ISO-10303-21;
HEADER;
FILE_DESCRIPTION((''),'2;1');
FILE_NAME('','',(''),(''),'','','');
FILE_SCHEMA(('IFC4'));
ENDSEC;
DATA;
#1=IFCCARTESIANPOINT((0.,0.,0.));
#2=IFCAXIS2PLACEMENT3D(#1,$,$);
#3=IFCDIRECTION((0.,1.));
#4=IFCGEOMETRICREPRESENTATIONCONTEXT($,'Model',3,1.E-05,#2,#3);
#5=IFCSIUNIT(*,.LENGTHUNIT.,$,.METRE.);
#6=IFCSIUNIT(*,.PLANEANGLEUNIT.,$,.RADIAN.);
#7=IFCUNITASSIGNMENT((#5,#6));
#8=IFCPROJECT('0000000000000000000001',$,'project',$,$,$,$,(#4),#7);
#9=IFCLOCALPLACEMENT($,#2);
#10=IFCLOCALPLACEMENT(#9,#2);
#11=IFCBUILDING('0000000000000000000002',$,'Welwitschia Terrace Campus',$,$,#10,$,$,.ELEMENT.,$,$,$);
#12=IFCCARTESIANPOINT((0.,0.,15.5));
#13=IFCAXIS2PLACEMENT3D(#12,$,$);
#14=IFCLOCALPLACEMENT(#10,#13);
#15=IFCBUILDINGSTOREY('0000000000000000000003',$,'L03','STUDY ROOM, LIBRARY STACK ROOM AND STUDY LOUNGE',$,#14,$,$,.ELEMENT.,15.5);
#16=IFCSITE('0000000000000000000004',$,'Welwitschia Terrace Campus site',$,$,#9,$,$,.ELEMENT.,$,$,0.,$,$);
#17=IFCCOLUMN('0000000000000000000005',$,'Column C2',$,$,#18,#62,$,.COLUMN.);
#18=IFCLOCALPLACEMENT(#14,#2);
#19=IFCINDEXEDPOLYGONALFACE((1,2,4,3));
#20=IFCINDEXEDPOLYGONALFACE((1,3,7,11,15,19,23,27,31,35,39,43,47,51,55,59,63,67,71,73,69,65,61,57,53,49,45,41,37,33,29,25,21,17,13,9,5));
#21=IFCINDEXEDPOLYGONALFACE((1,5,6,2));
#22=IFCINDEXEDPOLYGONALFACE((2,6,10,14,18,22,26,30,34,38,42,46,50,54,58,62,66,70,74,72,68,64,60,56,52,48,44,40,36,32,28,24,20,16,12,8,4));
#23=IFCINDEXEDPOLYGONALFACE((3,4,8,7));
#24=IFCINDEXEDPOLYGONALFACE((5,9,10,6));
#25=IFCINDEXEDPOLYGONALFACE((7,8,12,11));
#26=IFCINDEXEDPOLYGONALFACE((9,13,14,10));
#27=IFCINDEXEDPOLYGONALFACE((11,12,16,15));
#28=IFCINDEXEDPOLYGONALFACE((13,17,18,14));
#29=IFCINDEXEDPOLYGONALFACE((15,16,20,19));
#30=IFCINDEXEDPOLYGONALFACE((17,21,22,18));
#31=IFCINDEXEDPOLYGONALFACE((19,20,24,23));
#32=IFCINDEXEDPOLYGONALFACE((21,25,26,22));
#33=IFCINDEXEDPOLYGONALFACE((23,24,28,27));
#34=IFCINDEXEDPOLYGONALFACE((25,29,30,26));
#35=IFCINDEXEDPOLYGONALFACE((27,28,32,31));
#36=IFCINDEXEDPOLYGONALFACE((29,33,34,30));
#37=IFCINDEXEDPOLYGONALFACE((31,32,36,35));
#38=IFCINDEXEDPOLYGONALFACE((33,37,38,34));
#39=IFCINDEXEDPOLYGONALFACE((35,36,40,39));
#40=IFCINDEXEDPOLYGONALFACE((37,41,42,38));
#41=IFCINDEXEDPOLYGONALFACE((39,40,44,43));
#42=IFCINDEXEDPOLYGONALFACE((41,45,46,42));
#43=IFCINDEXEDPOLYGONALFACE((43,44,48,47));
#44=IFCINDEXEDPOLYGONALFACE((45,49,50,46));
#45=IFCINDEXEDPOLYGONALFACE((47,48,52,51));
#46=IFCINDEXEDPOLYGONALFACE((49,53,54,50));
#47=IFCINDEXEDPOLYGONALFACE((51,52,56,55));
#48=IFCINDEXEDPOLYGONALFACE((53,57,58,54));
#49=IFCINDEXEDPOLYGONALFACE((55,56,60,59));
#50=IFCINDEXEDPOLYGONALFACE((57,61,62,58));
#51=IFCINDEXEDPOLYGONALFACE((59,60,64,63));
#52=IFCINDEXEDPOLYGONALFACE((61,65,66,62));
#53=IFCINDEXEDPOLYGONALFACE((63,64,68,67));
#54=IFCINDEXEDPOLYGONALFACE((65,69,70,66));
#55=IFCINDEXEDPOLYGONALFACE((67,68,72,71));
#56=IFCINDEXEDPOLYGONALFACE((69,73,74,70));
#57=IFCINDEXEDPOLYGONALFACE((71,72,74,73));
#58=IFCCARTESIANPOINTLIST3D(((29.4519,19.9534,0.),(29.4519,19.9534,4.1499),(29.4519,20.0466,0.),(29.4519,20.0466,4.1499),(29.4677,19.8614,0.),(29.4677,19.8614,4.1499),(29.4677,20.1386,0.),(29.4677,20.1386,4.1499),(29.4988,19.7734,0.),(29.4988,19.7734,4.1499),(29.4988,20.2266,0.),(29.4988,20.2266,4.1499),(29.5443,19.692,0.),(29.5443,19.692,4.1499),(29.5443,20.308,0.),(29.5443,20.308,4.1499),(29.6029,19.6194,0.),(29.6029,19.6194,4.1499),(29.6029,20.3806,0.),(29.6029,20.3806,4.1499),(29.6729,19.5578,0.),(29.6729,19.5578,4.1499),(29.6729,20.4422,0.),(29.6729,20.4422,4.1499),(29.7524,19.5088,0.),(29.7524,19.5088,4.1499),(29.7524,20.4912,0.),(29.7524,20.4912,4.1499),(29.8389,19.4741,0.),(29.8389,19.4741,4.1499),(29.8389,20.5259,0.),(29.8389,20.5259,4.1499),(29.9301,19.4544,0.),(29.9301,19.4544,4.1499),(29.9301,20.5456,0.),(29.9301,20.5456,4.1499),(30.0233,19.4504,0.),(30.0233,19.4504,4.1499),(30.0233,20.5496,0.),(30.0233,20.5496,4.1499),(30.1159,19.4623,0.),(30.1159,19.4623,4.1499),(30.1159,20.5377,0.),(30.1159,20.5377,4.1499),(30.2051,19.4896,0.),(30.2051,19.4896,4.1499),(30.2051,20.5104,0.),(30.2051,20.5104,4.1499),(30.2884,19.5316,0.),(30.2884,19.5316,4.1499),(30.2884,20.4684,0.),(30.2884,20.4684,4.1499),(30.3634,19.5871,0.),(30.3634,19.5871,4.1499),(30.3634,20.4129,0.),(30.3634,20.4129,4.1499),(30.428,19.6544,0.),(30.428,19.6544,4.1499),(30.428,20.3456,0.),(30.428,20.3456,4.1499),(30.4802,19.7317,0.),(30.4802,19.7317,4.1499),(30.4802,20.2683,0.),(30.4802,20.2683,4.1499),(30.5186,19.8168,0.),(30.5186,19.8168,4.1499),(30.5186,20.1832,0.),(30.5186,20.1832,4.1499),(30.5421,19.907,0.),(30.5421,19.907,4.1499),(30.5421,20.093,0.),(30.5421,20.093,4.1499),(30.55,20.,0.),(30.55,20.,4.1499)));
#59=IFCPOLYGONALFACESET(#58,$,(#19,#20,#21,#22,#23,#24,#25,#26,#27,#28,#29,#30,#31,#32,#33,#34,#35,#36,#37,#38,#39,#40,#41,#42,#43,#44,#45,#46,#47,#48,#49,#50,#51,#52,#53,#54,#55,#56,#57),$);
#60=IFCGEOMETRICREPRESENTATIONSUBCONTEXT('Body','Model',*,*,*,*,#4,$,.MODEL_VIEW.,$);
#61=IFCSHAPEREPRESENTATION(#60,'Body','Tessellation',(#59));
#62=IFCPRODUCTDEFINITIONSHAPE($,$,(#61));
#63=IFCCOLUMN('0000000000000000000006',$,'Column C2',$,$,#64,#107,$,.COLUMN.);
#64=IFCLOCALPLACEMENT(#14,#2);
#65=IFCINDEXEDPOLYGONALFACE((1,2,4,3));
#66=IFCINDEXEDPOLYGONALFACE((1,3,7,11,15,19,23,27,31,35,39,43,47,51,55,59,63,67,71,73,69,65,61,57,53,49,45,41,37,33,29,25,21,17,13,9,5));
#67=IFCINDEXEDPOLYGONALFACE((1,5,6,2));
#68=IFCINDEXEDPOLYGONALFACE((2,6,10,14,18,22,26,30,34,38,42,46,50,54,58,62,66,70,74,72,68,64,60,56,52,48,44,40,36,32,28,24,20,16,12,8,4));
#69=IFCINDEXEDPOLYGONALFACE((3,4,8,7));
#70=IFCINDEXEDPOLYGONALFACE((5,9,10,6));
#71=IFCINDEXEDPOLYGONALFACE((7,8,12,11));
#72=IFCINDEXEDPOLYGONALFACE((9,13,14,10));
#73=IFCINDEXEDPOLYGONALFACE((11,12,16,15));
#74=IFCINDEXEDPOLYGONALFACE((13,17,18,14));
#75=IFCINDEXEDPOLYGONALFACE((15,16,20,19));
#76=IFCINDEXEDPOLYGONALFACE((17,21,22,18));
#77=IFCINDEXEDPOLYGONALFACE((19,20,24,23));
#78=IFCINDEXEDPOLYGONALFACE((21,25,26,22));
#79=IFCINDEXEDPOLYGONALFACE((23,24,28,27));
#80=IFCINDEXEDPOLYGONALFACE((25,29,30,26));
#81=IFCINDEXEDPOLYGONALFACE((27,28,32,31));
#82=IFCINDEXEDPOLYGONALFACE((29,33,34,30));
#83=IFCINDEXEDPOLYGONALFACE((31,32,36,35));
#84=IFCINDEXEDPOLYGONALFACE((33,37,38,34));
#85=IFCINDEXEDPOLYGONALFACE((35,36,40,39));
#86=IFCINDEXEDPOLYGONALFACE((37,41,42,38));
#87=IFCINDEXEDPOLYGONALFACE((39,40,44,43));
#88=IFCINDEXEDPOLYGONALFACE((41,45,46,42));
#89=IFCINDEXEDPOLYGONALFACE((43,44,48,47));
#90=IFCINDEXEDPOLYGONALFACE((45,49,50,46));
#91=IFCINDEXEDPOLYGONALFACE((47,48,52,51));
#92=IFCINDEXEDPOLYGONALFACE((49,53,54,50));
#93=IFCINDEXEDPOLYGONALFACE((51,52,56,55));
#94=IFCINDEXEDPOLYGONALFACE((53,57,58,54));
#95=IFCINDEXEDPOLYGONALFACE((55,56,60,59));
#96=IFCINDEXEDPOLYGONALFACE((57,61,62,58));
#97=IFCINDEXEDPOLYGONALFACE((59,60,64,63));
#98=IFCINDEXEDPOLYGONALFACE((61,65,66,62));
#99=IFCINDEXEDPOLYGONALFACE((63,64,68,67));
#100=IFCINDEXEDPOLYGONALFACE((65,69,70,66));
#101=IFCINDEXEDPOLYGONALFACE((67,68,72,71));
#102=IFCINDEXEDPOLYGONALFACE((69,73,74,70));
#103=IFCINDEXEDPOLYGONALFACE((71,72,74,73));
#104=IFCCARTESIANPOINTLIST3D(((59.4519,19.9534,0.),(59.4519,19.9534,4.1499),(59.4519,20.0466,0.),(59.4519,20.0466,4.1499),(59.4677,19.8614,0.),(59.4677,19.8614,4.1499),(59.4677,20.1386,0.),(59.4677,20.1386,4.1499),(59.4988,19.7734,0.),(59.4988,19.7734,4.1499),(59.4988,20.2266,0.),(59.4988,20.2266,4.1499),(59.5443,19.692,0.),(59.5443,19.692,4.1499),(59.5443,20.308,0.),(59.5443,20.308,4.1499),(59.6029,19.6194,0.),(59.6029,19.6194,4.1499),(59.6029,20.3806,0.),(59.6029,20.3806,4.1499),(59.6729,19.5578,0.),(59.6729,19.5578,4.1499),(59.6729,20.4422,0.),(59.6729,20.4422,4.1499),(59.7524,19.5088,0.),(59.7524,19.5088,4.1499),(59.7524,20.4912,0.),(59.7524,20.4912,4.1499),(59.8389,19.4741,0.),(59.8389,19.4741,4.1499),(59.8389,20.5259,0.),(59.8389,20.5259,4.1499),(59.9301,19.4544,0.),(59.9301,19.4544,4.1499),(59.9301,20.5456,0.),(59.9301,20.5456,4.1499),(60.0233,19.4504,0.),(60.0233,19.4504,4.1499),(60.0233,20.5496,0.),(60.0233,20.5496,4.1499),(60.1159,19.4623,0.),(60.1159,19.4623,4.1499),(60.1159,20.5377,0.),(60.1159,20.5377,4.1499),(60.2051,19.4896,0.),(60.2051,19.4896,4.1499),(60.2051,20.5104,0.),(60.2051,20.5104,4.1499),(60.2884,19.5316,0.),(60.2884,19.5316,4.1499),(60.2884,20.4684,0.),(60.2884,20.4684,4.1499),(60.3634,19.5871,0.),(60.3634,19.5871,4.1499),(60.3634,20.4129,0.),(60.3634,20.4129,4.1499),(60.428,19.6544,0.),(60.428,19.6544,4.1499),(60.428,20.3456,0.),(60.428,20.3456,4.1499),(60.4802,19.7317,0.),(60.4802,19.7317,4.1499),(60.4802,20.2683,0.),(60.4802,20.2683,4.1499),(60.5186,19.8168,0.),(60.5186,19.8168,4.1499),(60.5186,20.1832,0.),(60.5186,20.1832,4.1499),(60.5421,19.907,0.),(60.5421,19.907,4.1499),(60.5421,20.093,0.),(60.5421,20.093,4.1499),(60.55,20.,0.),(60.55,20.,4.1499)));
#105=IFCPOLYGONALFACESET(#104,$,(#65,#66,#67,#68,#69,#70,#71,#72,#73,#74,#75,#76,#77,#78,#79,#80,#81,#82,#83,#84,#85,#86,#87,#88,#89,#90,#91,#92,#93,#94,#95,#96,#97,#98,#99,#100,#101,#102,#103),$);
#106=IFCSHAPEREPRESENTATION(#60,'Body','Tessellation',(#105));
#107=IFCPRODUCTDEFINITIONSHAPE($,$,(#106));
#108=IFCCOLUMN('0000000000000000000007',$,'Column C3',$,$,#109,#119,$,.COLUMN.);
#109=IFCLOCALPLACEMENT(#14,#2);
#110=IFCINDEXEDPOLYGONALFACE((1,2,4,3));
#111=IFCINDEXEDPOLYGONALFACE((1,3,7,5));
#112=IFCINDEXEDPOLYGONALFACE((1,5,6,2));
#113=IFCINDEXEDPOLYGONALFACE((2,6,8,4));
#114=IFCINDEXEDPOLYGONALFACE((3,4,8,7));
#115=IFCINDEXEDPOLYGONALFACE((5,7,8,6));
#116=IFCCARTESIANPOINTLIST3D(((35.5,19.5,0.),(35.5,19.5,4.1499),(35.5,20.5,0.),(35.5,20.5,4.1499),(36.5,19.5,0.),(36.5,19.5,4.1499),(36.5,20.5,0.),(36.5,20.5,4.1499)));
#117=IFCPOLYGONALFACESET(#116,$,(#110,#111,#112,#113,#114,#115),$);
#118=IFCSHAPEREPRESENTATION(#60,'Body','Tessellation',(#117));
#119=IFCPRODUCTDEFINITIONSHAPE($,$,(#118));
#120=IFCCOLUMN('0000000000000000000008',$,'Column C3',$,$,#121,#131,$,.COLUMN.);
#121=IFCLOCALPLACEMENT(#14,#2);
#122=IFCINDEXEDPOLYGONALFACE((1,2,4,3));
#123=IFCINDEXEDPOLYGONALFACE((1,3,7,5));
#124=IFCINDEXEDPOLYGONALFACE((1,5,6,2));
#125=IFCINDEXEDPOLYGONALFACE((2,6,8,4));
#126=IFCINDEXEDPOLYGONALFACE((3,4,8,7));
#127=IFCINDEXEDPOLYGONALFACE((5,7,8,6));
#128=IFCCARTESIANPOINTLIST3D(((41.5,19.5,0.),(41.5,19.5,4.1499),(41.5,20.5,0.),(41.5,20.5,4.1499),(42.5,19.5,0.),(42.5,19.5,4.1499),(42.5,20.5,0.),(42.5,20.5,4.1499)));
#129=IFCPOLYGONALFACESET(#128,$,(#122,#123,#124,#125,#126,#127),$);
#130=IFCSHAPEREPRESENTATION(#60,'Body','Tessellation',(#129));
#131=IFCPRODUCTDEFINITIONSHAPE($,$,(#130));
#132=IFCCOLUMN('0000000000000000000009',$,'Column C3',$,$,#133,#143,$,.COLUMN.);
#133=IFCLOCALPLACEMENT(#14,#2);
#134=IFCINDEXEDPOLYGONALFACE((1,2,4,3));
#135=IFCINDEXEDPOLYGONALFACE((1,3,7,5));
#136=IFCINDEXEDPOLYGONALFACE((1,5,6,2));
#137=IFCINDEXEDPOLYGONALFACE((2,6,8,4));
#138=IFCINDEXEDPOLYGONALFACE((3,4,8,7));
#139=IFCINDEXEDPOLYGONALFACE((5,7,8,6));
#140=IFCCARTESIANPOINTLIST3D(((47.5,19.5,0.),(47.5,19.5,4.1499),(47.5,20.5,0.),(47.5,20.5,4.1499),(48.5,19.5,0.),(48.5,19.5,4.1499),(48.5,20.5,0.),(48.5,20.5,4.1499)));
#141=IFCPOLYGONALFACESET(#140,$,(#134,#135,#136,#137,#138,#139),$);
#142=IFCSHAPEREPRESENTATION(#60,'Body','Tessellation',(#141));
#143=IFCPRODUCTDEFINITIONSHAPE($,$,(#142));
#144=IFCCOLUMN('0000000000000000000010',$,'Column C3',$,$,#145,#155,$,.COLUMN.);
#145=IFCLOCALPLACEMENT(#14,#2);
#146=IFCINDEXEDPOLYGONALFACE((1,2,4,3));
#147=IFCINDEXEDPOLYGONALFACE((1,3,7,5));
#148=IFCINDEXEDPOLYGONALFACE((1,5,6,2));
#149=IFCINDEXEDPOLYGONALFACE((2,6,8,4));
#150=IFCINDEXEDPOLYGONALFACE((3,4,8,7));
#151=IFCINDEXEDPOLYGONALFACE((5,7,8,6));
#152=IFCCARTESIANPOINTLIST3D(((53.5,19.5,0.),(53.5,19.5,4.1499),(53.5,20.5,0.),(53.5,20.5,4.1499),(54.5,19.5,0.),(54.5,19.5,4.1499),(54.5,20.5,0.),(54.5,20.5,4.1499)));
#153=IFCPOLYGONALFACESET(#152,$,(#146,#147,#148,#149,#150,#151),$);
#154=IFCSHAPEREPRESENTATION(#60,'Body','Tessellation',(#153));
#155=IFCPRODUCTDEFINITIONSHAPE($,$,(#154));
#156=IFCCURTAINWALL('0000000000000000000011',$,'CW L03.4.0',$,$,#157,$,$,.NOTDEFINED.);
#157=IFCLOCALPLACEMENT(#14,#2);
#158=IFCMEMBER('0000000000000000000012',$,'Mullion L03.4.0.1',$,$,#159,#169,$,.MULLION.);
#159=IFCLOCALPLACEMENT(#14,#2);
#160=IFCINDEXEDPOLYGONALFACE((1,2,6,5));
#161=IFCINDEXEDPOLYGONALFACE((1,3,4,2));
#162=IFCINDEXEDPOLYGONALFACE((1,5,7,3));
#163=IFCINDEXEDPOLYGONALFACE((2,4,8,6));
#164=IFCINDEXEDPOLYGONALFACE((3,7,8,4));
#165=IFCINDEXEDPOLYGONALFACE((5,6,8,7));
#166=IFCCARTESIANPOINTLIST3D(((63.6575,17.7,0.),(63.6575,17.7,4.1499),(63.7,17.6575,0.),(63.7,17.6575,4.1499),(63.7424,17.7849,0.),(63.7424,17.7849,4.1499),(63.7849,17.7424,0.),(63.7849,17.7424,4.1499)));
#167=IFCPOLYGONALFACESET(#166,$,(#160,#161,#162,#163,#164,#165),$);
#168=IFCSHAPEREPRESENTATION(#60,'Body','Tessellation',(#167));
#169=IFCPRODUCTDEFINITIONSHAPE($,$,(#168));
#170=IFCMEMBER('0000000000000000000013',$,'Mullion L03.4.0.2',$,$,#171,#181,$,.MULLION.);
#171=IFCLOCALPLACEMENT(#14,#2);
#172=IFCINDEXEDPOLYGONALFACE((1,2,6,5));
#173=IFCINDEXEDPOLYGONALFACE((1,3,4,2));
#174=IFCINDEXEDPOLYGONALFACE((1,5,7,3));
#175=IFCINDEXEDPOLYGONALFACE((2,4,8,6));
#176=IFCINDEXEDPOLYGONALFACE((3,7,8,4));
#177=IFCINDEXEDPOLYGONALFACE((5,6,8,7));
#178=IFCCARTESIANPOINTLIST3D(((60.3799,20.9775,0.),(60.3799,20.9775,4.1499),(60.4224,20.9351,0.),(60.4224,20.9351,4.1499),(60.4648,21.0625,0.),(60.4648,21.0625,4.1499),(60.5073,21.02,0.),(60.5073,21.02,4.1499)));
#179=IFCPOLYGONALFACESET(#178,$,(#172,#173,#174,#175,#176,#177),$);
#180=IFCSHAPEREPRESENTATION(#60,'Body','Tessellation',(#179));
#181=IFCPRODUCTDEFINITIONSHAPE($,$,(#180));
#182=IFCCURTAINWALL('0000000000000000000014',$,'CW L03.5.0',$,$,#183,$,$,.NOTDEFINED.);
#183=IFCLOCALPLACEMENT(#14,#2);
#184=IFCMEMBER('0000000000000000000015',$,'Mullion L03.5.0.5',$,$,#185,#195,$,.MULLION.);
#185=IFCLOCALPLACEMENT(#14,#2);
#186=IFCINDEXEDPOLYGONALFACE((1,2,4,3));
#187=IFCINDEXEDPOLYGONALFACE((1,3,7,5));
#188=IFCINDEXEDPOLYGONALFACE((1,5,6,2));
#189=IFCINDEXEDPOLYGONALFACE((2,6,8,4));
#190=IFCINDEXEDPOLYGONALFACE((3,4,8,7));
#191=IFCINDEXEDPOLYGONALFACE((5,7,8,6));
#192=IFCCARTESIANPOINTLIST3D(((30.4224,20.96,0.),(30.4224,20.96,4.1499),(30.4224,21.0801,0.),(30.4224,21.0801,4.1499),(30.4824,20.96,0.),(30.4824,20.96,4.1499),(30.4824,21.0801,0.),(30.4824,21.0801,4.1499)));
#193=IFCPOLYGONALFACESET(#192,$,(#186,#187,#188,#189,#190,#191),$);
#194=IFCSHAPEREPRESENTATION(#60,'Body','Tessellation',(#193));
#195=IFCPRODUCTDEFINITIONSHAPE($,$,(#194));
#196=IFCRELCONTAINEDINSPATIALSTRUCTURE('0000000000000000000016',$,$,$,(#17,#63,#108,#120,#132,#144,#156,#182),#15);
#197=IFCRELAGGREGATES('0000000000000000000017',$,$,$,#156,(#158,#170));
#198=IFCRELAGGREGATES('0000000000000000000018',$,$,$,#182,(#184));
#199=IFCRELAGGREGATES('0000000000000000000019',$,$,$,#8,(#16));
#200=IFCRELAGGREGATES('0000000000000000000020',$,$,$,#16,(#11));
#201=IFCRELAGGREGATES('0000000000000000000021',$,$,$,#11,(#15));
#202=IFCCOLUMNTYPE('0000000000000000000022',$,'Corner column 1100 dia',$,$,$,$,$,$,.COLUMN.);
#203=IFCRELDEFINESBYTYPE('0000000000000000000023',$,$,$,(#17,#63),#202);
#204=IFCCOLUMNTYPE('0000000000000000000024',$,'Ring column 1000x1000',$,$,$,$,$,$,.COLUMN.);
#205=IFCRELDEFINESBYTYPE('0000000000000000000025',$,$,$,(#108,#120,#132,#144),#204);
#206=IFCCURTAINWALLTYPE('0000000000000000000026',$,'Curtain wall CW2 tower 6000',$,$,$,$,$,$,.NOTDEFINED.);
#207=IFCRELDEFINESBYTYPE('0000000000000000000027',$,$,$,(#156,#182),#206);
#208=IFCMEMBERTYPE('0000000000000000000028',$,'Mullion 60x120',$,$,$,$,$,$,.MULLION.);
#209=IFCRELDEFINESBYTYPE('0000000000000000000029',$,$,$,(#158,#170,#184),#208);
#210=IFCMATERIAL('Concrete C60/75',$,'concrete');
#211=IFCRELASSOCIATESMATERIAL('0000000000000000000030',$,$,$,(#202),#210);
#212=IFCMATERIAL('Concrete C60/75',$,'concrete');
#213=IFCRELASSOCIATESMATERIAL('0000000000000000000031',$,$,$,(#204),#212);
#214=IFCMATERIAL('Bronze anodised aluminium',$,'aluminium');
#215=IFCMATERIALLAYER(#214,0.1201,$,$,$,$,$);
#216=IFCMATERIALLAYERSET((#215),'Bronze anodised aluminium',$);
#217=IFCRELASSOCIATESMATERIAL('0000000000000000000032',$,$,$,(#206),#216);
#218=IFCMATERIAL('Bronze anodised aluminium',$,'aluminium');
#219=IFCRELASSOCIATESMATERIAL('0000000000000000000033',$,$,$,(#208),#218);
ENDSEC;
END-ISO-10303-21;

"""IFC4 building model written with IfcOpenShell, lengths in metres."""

from ifc_helpers import new_model, si_unit, direction, frame, origin, origin_2d, place, context, subcontext, project, spatial, rectangle, circle, extrude, material, layer, layer_set, material_profile, profile_set, type_object, element, aggregate, save


model = new_model("IFC4")

# Units and contexts
model_context = context("Model", 3, precision=1e-05, world=origin(), true_north=direction((0.0, 1.0)))
body_context = subcontext(model_context, "Body", "Model", "MODEL_VIEW")
ifc_project = project(units=[si_unit("LENGTHUNIT", "METRE"), si_unit("PLANEANGLEUNIT", "RADIAN")], contexts=[model_context])

# Site, building, storey
site_placement = place(None, origin())
site = spatial("IfcSite", under=ifc_project, at=site_placement, Name="Welwitschia Terrace Campus site", CompositionType="ELEMENT", RefElevation=0.0)
building_placement = place(site_placement, origin())
building = spatial("IfcBuilding", under=site, at=building_placement, Name="Welwitschia Terrace Campus", CompositionType="ELEMENT")
storey_placement = place(building_placement, frame((0.0, 0.0, 15.5)))
storey = spatial("IfcBuildingStorey", under=building, at=storey_placement, Name="L03", Description="STUDY ROOM, LIBRARY STACK ROOM AND STUDY LOUNGE", CompositionType="ELEMENT", Elevation=15.5)

# Columns
ifc_material_1 = material(Name="Concrete C60/75", Category="concrete")
ifc_material_profile_1 = material_profile(ifc_material_1, circle(Radius=0.55, at=origin_2d()))
ifc_profile_set_1 = profile_set([ifc_material_profile_1], Name="Concrete C60/75")
column_type_1 = type_object("IfcColumnType", Name="Corner column 1100 dia", PredefinedType="COLUMN", material=ifc_profile_set_1)
for number, where, z_axis, x_axis, name in (
    (1, (30.0, 20.0, 0.0), (0.0, 0.0, 1.0), (1.0, 0.0, 0.0), "Column C2"),
    (2, (60.0, 20.0, 0.0), (0.0, 0.0, 1.0), (1.0, 0.0, 0.0), "Column C2"),
):
    element("IfcColumn", number, at=place(storey_placement, frame(where, z_axis=z_axis, x_axis=x_axis)), inside=storey, type_object=column_type_1, Name=name, PredefinedType="COLUMN", context=body_context, shape_type="SweptSolid", body=[
        extrude(circle(Radius=0.55, at=origin_2d()), origin(), (0.0, 0.0, 1.0), 4.1499),
    ])
ifc_material_2 = material(Name="Concrete C60/75", Category="concrete")
ifc_material_profile_2 = material_profile(ifc_material_2, rectangle(XDim=1.0, YDim=1.0, at=origin_2d()))
ifc_profile_set_2 = profile_set([ifc_material_profile_2], Name="Concrete C60/75")
column_type_2 = type_object("IfcColumnType", Name="Ring column 1000x1000", PredefinedType="COLUMN", material=ifc_profile_set_2)
for number, where, z_axis, x_axis, name in (
    (3, (36.0, 20.0, 0.0), (0.0, 0.0, 1.0), (1.0, 0.0, 0.0), "Column C3"),
    (4, (42.0, 20.0, 0.0), (0.0, 0.0, 1.0), (1.0, 0.0, 0.0), "Column C3"),
    (5, (48.0, 20.0, 0.0), (0.0, 0.0, 1.0), (1.0, 0.0, 0.0), "Column C3"),
    (6, (54.0, 20.0, 0.0), (0.0, 0.0, 1.0), (1.0, 0.0, 0.0), "Column C3"),
):
    element("IfcColumn", number, at=place(storey_placement, frame(where, z_axis=z_axis, x_axis=x_axis)), inside=storey, type_object=column_type_2, Name=name, PredefinedType="COLUMN", context=body_context, shape_type="SweptSolid", body=[
        extrude(rectangle(XDim=1.0, YDim=1.0, at=origin_2d()), origin(), (0.0, 0.0, 1.0), 4.1499),
    ])

# Curtain wall, members
ifc_material_3 = material(Name="Bronze anodised aluminium", Category="aluminium")
ifc_layer_1 = layer(ifc_material_3, 0.1201)
ifc_layer_set_1 = layer_set([ifc_layer_1], Name="Bronze anodised aluminium")
curtain_wall_type = type_object("IfcCurtainWallType", Name="Curtain wall CW2 tower 6000", PredefinedType="NOTDEFINED", material=ifc_layer_set_1)
curtain_wall_1_placement = place(storey_placement, origin())
curtain_wall_1 = element("IfcCurtainWall", 7, at=curtain_wall_1_placement, inside=storey, type_object=curtain_wall_type, Name="CW L03.4.0", PredefinedType="NOTDEFINED")
ifc_material_4 = material(Name="Bronze anodised aluminium", Category="aluminium")
ifc_material_profile_3 = material_profile(ifc_material_4, rectangle(XDim=0.1201, YDim=0.0601, at=origin_2d()))
ifc_profile_set_3 = profile_set([ifc_material_profile_3], Name="Bronze anodised aluminium")
member_type_1 = type_object("IfcMemberType", Name="Mullion 60x120", PredefinedType="MULLION", material=ifc_profile_set_3)
member_1_placement = place(storey_placement, frame((63.7212, 17.7212, 0.0), z_axis=(0.0, 0.0, 1.0), x_axis=(-0.707107, -0.707107, 0.0)))
member_1 = element("IfcMember", 8, at=member_1_placement, type_object=member_type_1, Name="Mullion L03.4.0.1", PredefinedType="MULLION", context=body_context, shape_type="SweptSolid", body=[
    extrude(rectangle(XDim=0.1201, YDim=0.0601, at=origin_2d()), origin(), (0.0, 0.0, 1.0), 4.1499),
])
member_2_placement = place(storey_placement, frame((60.4436, 20.9988, 0.0), z_axis=(0.0, 0.0, 1.0), x_axis=(-0.707107, -0.707107, 0.0)))
member_2 = element("IfcMember", 9, at=member_2_placement, type_object=member_type_1, Name="Mullion L03.4.0.2", PredefinedType="MULLION", context=body_context, shape_type="SweptSolid", body=[
    extrude(rectangle(XDim=0.1201, YDim=0.0601, at=origin_2d()), origin(), (0.0, 0.0, 1.0), 4.1499),
])

# Curtain wall, member
curtain_wall_2_placement = place(storey_placement, origin())
curtain_wall_2 = element("IfcCurtainWall", 10, at=curtain_wall_2_placement, inside=storey, type_object=curtain_wall_type, Name="CW L03.5.0", PredefinedType="NOTDEFINED")
member_3_placement = place(storey_placement, frame((30.4524, 21.02, 0.0), z_axis=(0.0, 0.0, 1.0), x_axis=(0.0, -1.0, 0.0)))
member_3 = element("IfcMember", 11, at=member_3_placement, type_object=member_type_1, Name="Mullion L03.5.0.5", PredefinedType="MULLION", context=body_context, shape_type="SweptSolid", body=[
    extrude(rectangle(XDim=0.1201, YDim=0.0601, at=origin_2d()), origin(), (0.0, 0.0, 1.0), 4.1499),
])

aggregate(curtain_wall_1, [member_1, member_2])
aggregate(curtain_wall_2, [member_3])

save(model, "model.ifc")
